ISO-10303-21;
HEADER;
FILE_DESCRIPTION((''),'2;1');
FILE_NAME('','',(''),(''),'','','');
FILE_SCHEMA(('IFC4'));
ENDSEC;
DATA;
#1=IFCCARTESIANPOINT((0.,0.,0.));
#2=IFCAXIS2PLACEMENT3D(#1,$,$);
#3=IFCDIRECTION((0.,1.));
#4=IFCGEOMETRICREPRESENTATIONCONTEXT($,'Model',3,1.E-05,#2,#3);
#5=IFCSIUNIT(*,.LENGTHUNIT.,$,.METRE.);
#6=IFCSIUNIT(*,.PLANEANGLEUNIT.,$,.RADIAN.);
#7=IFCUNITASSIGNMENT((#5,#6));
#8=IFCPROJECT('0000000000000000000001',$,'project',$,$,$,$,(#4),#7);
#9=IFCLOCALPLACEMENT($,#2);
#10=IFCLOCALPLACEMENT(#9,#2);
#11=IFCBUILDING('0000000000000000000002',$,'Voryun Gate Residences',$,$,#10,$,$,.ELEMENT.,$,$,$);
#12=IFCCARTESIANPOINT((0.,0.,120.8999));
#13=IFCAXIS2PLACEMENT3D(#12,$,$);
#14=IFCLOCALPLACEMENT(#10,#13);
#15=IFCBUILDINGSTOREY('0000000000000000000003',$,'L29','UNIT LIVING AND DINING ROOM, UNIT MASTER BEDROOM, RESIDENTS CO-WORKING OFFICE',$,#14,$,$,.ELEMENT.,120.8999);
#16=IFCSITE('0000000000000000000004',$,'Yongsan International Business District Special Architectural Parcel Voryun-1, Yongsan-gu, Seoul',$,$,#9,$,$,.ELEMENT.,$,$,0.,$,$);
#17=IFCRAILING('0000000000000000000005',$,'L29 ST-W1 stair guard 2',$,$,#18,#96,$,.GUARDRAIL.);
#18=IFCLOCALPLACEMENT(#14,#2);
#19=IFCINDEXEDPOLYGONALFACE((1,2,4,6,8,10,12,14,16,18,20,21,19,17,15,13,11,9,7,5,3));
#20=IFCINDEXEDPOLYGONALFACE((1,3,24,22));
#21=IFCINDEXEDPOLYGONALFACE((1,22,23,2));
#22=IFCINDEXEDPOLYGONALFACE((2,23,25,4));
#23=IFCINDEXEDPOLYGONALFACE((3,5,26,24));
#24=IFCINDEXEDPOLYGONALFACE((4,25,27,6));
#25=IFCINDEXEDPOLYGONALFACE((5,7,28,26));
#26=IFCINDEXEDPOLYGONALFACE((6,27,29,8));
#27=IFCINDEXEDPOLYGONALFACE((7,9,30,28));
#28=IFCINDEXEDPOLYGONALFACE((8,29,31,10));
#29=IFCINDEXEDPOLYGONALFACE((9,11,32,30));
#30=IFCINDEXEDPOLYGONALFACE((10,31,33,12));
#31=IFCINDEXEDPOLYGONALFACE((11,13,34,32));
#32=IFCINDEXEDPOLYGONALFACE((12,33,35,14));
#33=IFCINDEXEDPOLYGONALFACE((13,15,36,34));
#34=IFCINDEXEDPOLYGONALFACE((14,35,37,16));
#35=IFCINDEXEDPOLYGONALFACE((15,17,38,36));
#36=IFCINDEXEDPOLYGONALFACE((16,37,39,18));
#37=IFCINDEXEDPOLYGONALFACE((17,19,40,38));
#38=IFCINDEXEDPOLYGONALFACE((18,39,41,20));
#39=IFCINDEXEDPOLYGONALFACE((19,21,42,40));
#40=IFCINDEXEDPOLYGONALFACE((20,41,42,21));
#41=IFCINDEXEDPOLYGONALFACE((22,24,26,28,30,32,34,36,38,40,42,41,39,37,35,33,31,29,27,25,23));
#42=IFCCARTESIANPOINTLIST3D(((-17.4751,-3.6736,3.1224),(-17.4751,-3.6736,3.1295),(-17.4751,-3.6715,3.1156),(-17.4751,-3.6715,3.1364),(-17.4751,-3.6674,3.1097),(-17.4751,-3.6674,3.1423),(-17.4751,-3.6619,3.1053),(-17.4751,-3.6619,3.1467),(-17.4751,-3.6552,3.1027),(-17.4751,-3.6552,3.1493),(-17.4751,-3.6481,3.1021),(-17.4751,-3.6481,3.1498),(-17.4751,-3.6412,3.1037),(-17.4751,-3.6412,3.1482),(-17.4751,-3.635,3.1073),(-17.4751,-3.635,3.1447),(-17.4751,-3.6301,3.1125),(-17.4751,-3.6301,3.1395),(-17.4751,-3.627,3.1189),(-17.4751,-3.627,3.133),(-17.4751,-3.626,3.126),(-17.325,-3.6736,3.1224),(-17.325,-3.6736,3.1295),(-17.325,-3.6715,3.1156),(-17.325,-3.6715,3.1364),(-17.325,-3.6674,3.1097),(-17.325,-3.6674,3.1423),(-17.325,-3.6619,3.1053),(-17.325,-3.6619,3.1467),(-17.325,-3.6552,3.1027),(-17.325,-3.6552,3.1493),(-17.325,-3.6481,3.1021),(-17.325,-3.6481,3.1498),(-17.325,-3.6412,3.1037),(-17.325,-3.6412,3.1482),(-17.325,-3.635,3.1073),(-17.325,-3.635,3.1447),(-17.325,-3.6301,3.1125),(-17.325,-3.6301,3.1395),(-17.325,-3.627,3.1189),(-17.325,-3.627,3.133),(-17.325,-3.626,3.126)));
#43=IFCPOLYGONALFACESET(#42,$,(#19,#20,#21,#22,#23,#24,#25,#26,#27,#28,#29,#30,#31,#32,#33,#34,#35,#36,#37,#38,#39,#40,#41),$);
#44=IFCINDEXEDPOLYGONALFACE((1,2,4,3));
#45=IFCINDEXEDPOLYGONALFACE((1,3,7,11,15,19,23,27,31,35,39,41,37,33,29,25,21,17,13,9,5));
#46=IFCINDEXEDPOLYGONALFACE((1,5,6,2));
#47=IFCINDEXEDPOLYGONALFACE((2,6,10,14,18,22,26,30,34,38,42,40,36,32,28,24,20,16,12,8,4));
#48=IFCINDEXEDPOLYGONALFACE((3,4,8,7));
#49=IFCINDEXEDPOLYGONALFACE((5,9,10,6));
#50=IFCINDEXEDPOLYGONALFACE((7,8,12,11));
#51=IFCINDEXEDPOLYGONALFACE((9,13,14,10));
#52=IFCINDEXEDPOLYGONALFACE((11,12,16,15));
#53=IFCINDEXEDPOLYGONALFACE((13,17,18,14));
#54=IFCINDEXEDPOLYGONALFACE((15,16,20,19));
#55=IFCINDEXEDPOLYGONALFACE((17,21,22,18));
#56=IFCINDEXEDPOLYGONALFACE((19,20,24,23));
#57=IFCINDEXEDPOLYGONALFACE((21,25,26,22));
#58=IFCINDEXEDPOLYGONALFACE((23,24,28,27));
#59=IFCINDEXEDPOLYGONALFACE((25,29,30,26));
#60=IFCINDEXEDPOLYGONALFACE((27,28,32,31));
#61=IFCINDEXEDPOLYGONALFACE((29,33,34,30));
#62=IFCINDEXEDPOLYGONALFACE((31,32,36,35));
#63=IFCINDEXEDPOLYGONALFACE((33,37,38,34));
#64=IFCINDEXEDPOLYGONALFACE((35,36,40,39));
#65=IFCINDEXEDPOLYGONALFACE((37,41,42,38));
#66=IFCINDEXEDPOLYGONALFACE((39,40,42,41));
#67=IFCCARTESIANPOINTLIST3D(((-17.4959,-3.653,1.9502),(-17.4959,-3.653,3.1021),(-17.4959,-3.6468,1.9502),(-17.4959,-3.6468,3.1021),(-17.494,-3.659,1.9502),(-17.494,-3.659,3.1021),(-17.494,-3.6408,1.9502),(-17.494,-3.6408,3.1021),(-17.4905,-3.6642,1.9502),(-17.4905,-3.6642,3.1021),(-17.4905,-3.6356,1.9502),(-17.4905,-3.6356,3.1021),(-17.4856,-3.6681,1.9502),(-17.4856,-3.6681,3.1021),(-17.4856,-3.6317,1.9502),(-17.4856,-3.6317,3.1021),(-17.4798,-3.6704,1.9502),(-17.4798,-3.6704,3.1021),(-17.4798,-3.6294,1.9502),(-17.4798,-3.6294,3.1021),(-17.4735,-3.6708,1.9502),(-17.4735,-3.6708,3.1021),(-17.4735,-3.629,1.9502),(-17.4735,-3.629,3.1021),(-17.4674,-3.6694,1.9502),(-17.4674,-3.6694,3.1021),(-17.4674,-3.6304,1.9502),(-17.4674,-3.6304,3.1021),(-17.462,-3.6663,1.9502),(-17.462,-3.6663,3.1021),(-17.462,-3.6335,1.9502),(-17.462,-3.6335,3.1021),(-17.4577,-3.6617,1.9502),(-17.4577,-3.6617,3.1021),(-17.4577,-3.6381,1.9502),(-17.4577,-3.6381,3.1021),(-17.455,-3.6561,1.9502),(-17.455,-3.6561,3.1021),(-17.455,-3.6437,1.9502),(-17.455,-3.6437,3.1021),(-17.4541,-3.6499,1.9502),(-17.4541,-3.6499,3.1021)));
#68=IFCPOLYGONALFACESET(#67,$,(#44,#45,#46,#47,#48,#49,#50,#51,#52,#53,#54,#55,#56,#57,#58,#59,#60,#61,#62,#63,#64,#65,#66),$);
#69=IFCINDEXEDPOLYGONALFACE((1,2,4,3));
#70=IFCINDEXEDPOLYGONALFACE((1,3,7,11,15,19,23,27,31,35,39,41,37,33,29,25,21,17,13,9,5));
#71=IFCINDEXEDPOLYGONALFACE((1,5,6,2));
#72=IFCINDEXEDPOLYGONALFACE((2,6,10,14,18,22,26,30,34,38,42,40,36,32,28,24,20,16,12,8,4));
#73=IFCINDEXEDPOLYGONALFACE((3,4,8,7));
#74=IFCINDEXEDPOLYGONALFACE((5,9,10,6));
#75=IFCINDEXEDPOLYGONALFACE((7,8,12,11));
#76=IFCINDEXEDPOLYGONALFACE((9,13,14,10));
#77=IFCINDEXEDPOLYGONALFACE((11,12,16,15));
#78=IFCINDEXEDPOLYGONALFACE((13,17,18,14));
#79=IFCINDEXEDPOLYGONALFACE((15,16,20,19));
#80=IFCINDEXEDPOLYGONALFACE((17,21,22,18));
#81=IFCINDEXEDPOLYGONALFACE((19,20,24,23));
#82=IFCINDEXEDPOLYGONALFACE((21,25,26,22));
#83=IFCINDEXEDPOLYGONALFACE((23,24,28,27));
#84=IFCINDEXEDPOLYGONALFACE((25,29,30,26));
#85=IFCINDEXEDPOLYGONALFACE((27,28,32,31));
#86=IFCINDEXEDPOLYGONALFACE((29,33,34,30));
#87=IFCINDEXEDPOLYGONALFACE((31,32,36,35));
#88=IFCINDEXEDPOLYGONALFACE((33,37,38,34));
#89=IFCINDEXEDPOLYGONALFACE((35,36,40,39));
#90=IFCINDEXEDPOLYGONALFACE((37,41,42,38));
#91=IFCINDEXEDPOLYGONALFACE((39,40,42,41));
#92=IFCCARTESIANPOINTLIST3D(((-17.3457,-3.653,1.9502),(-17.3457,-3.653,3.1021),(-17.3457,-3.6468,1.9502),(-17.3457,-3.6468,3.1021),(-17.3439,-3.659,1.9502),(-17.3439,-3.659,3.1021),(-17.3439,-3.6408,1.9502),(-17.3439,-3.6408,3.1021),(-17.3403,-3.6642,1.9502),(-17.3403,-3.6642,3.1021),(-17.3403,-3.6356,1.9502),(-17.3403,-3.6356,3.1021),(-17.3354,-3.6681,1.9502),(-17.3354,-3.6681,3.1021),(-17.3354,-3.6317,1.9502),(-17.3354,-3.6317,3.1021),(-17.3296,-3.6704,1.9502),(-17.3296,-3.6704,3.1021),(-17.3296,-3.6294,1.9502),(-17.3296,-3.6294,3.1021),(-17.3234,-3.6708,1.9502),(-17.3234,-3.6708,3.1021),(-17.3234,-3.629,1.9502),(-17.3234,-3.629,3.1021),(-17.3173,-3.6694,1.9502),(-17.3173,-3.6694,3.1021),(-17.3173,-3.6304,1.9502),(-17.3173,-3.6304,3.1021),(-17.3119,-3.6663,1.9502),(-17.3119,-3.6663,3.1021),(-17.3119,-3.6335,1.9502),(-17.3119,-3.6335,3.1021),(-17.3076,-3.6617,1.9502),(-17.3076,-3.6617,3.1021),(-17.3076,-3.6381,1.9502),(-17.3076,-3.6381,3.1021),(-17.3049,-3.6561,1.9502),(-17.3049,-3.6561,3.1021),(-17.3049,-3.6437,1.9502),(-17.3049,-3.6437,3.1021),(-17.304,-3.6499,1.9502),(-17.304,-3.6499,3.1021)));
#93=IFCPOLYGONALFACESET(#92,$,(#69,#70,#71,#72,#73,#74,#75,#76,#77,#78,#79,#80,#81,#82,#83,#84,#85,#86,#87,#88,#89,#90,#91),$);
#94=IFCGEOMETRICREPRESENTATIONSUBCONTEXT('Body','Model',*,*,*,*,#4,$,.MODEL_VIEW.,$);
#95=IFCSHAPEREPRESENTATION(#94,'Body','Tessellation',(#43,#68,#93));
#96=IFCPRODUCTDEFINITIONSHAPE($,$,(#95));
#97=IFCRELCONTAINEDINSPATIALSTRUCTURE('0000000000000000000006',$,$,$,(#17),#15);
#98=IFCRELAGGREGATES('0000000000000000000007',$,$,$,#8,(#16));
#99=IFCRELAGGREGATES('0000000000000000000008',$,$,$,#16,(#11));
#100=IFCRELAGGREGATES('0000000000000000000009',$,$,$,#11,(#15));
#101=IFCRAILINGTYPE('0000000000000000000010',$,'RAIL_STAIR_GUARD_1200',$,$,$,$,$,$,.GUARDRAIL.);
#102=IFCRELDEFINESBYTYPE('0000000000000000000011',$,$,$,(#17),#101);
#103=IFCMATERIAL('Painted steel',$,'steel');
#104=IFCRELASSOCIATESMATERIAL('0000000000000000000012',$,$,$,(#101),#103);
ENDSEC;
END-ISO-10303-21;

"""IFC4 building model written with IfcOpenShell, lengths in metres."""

from ifc_helpers import new_model, si_unit, direction, frame, origin, origin_2d, place, context, subcontext, project, spatial, circle, extrude, material, type_object, element, save


model = new_model("IFC4")

# Units and contexts
model_context = context("Model", 3, precision=1e-05, world=origin(), true_north=direction((0.0, 1.0)))
body_context = subcontext(model_context, "Body", "Model", "MODEL_VIEW")
ifc_project = project(units=[si_unit("LENGTHUNIT", "METRE"), si_unit("PLANEANGLEUNIT", "RADIAN")], contexts=[model_context])

# Site, building, storey
site_placement = place(None, origin())
site = spatial("IfcSite", under=ifc_project, at=site_placement, Name="Yongsan International Business District Special Architectural Parcel Voryun-1, Yongsan-gu, Seoul", CompositionType="ELEMENT", RefElevation=0.0)
building_placement = place(site_placement, origin())
building = spatial("IfcBuilding", under=site, at=building_placement, Name="Voryun Gate Residences", CompositionType="ELEMENT")
storey_placement = place(building_placement, frame((0.0, 0.0, 120.8999)))
storey = spatial("IfcBuildingStorey", under=building, at=storey_placement, Name="L29", Description="UNIT LIVING AND DINING ROOM, UNIT MASTER BEDROOM, RESIDENTS CO-WORKING OFFICE", CompositionType="ELEMENT", Elevation=120.8999)

# Railing
ifc_material_1 = material(Name="Painted steel", Category="steel")
railing_type_1 = type_object("IfcRailingType", Name="RAIL_STAIR_GUARD_1200", PredefinedType="GUARDRAIL", material=ifc_material_1)
railing_1_placement = place(storey_placement, frame((-17.4751, -3.6499, 1.9502)))
element("IfcRailing", 1, at=railing_1_placement, inside=storey, type_object=railing_type_1, Name="L29 ST-W1 stair guard 2", PredefinedType="GUARDRAIL", context=body_context, shape_type="SweptSolid", body=[
    extrude(circle(Radius=0.0239, at=origin_2d()), frame((0.0, 0.0, 1.1758), z_axis=(1.0, 0.0, 0.0), x_axis=(0.0, 1.0, 0.0)), (0.0, 0.0, 1.0), 0.1501),
    extrude(circle(Radius=0.021, at=origin_2d()), origin(), (0.0, 0.0, 1.0), 1.1519),
    extrude(circle(Radius=0.021, at=origin_2d()), frame((0.1501, 0.0, 0.0)), (0.0, 0.0, 1.0), 1.1519),
])

save(model, "model.ifc")
